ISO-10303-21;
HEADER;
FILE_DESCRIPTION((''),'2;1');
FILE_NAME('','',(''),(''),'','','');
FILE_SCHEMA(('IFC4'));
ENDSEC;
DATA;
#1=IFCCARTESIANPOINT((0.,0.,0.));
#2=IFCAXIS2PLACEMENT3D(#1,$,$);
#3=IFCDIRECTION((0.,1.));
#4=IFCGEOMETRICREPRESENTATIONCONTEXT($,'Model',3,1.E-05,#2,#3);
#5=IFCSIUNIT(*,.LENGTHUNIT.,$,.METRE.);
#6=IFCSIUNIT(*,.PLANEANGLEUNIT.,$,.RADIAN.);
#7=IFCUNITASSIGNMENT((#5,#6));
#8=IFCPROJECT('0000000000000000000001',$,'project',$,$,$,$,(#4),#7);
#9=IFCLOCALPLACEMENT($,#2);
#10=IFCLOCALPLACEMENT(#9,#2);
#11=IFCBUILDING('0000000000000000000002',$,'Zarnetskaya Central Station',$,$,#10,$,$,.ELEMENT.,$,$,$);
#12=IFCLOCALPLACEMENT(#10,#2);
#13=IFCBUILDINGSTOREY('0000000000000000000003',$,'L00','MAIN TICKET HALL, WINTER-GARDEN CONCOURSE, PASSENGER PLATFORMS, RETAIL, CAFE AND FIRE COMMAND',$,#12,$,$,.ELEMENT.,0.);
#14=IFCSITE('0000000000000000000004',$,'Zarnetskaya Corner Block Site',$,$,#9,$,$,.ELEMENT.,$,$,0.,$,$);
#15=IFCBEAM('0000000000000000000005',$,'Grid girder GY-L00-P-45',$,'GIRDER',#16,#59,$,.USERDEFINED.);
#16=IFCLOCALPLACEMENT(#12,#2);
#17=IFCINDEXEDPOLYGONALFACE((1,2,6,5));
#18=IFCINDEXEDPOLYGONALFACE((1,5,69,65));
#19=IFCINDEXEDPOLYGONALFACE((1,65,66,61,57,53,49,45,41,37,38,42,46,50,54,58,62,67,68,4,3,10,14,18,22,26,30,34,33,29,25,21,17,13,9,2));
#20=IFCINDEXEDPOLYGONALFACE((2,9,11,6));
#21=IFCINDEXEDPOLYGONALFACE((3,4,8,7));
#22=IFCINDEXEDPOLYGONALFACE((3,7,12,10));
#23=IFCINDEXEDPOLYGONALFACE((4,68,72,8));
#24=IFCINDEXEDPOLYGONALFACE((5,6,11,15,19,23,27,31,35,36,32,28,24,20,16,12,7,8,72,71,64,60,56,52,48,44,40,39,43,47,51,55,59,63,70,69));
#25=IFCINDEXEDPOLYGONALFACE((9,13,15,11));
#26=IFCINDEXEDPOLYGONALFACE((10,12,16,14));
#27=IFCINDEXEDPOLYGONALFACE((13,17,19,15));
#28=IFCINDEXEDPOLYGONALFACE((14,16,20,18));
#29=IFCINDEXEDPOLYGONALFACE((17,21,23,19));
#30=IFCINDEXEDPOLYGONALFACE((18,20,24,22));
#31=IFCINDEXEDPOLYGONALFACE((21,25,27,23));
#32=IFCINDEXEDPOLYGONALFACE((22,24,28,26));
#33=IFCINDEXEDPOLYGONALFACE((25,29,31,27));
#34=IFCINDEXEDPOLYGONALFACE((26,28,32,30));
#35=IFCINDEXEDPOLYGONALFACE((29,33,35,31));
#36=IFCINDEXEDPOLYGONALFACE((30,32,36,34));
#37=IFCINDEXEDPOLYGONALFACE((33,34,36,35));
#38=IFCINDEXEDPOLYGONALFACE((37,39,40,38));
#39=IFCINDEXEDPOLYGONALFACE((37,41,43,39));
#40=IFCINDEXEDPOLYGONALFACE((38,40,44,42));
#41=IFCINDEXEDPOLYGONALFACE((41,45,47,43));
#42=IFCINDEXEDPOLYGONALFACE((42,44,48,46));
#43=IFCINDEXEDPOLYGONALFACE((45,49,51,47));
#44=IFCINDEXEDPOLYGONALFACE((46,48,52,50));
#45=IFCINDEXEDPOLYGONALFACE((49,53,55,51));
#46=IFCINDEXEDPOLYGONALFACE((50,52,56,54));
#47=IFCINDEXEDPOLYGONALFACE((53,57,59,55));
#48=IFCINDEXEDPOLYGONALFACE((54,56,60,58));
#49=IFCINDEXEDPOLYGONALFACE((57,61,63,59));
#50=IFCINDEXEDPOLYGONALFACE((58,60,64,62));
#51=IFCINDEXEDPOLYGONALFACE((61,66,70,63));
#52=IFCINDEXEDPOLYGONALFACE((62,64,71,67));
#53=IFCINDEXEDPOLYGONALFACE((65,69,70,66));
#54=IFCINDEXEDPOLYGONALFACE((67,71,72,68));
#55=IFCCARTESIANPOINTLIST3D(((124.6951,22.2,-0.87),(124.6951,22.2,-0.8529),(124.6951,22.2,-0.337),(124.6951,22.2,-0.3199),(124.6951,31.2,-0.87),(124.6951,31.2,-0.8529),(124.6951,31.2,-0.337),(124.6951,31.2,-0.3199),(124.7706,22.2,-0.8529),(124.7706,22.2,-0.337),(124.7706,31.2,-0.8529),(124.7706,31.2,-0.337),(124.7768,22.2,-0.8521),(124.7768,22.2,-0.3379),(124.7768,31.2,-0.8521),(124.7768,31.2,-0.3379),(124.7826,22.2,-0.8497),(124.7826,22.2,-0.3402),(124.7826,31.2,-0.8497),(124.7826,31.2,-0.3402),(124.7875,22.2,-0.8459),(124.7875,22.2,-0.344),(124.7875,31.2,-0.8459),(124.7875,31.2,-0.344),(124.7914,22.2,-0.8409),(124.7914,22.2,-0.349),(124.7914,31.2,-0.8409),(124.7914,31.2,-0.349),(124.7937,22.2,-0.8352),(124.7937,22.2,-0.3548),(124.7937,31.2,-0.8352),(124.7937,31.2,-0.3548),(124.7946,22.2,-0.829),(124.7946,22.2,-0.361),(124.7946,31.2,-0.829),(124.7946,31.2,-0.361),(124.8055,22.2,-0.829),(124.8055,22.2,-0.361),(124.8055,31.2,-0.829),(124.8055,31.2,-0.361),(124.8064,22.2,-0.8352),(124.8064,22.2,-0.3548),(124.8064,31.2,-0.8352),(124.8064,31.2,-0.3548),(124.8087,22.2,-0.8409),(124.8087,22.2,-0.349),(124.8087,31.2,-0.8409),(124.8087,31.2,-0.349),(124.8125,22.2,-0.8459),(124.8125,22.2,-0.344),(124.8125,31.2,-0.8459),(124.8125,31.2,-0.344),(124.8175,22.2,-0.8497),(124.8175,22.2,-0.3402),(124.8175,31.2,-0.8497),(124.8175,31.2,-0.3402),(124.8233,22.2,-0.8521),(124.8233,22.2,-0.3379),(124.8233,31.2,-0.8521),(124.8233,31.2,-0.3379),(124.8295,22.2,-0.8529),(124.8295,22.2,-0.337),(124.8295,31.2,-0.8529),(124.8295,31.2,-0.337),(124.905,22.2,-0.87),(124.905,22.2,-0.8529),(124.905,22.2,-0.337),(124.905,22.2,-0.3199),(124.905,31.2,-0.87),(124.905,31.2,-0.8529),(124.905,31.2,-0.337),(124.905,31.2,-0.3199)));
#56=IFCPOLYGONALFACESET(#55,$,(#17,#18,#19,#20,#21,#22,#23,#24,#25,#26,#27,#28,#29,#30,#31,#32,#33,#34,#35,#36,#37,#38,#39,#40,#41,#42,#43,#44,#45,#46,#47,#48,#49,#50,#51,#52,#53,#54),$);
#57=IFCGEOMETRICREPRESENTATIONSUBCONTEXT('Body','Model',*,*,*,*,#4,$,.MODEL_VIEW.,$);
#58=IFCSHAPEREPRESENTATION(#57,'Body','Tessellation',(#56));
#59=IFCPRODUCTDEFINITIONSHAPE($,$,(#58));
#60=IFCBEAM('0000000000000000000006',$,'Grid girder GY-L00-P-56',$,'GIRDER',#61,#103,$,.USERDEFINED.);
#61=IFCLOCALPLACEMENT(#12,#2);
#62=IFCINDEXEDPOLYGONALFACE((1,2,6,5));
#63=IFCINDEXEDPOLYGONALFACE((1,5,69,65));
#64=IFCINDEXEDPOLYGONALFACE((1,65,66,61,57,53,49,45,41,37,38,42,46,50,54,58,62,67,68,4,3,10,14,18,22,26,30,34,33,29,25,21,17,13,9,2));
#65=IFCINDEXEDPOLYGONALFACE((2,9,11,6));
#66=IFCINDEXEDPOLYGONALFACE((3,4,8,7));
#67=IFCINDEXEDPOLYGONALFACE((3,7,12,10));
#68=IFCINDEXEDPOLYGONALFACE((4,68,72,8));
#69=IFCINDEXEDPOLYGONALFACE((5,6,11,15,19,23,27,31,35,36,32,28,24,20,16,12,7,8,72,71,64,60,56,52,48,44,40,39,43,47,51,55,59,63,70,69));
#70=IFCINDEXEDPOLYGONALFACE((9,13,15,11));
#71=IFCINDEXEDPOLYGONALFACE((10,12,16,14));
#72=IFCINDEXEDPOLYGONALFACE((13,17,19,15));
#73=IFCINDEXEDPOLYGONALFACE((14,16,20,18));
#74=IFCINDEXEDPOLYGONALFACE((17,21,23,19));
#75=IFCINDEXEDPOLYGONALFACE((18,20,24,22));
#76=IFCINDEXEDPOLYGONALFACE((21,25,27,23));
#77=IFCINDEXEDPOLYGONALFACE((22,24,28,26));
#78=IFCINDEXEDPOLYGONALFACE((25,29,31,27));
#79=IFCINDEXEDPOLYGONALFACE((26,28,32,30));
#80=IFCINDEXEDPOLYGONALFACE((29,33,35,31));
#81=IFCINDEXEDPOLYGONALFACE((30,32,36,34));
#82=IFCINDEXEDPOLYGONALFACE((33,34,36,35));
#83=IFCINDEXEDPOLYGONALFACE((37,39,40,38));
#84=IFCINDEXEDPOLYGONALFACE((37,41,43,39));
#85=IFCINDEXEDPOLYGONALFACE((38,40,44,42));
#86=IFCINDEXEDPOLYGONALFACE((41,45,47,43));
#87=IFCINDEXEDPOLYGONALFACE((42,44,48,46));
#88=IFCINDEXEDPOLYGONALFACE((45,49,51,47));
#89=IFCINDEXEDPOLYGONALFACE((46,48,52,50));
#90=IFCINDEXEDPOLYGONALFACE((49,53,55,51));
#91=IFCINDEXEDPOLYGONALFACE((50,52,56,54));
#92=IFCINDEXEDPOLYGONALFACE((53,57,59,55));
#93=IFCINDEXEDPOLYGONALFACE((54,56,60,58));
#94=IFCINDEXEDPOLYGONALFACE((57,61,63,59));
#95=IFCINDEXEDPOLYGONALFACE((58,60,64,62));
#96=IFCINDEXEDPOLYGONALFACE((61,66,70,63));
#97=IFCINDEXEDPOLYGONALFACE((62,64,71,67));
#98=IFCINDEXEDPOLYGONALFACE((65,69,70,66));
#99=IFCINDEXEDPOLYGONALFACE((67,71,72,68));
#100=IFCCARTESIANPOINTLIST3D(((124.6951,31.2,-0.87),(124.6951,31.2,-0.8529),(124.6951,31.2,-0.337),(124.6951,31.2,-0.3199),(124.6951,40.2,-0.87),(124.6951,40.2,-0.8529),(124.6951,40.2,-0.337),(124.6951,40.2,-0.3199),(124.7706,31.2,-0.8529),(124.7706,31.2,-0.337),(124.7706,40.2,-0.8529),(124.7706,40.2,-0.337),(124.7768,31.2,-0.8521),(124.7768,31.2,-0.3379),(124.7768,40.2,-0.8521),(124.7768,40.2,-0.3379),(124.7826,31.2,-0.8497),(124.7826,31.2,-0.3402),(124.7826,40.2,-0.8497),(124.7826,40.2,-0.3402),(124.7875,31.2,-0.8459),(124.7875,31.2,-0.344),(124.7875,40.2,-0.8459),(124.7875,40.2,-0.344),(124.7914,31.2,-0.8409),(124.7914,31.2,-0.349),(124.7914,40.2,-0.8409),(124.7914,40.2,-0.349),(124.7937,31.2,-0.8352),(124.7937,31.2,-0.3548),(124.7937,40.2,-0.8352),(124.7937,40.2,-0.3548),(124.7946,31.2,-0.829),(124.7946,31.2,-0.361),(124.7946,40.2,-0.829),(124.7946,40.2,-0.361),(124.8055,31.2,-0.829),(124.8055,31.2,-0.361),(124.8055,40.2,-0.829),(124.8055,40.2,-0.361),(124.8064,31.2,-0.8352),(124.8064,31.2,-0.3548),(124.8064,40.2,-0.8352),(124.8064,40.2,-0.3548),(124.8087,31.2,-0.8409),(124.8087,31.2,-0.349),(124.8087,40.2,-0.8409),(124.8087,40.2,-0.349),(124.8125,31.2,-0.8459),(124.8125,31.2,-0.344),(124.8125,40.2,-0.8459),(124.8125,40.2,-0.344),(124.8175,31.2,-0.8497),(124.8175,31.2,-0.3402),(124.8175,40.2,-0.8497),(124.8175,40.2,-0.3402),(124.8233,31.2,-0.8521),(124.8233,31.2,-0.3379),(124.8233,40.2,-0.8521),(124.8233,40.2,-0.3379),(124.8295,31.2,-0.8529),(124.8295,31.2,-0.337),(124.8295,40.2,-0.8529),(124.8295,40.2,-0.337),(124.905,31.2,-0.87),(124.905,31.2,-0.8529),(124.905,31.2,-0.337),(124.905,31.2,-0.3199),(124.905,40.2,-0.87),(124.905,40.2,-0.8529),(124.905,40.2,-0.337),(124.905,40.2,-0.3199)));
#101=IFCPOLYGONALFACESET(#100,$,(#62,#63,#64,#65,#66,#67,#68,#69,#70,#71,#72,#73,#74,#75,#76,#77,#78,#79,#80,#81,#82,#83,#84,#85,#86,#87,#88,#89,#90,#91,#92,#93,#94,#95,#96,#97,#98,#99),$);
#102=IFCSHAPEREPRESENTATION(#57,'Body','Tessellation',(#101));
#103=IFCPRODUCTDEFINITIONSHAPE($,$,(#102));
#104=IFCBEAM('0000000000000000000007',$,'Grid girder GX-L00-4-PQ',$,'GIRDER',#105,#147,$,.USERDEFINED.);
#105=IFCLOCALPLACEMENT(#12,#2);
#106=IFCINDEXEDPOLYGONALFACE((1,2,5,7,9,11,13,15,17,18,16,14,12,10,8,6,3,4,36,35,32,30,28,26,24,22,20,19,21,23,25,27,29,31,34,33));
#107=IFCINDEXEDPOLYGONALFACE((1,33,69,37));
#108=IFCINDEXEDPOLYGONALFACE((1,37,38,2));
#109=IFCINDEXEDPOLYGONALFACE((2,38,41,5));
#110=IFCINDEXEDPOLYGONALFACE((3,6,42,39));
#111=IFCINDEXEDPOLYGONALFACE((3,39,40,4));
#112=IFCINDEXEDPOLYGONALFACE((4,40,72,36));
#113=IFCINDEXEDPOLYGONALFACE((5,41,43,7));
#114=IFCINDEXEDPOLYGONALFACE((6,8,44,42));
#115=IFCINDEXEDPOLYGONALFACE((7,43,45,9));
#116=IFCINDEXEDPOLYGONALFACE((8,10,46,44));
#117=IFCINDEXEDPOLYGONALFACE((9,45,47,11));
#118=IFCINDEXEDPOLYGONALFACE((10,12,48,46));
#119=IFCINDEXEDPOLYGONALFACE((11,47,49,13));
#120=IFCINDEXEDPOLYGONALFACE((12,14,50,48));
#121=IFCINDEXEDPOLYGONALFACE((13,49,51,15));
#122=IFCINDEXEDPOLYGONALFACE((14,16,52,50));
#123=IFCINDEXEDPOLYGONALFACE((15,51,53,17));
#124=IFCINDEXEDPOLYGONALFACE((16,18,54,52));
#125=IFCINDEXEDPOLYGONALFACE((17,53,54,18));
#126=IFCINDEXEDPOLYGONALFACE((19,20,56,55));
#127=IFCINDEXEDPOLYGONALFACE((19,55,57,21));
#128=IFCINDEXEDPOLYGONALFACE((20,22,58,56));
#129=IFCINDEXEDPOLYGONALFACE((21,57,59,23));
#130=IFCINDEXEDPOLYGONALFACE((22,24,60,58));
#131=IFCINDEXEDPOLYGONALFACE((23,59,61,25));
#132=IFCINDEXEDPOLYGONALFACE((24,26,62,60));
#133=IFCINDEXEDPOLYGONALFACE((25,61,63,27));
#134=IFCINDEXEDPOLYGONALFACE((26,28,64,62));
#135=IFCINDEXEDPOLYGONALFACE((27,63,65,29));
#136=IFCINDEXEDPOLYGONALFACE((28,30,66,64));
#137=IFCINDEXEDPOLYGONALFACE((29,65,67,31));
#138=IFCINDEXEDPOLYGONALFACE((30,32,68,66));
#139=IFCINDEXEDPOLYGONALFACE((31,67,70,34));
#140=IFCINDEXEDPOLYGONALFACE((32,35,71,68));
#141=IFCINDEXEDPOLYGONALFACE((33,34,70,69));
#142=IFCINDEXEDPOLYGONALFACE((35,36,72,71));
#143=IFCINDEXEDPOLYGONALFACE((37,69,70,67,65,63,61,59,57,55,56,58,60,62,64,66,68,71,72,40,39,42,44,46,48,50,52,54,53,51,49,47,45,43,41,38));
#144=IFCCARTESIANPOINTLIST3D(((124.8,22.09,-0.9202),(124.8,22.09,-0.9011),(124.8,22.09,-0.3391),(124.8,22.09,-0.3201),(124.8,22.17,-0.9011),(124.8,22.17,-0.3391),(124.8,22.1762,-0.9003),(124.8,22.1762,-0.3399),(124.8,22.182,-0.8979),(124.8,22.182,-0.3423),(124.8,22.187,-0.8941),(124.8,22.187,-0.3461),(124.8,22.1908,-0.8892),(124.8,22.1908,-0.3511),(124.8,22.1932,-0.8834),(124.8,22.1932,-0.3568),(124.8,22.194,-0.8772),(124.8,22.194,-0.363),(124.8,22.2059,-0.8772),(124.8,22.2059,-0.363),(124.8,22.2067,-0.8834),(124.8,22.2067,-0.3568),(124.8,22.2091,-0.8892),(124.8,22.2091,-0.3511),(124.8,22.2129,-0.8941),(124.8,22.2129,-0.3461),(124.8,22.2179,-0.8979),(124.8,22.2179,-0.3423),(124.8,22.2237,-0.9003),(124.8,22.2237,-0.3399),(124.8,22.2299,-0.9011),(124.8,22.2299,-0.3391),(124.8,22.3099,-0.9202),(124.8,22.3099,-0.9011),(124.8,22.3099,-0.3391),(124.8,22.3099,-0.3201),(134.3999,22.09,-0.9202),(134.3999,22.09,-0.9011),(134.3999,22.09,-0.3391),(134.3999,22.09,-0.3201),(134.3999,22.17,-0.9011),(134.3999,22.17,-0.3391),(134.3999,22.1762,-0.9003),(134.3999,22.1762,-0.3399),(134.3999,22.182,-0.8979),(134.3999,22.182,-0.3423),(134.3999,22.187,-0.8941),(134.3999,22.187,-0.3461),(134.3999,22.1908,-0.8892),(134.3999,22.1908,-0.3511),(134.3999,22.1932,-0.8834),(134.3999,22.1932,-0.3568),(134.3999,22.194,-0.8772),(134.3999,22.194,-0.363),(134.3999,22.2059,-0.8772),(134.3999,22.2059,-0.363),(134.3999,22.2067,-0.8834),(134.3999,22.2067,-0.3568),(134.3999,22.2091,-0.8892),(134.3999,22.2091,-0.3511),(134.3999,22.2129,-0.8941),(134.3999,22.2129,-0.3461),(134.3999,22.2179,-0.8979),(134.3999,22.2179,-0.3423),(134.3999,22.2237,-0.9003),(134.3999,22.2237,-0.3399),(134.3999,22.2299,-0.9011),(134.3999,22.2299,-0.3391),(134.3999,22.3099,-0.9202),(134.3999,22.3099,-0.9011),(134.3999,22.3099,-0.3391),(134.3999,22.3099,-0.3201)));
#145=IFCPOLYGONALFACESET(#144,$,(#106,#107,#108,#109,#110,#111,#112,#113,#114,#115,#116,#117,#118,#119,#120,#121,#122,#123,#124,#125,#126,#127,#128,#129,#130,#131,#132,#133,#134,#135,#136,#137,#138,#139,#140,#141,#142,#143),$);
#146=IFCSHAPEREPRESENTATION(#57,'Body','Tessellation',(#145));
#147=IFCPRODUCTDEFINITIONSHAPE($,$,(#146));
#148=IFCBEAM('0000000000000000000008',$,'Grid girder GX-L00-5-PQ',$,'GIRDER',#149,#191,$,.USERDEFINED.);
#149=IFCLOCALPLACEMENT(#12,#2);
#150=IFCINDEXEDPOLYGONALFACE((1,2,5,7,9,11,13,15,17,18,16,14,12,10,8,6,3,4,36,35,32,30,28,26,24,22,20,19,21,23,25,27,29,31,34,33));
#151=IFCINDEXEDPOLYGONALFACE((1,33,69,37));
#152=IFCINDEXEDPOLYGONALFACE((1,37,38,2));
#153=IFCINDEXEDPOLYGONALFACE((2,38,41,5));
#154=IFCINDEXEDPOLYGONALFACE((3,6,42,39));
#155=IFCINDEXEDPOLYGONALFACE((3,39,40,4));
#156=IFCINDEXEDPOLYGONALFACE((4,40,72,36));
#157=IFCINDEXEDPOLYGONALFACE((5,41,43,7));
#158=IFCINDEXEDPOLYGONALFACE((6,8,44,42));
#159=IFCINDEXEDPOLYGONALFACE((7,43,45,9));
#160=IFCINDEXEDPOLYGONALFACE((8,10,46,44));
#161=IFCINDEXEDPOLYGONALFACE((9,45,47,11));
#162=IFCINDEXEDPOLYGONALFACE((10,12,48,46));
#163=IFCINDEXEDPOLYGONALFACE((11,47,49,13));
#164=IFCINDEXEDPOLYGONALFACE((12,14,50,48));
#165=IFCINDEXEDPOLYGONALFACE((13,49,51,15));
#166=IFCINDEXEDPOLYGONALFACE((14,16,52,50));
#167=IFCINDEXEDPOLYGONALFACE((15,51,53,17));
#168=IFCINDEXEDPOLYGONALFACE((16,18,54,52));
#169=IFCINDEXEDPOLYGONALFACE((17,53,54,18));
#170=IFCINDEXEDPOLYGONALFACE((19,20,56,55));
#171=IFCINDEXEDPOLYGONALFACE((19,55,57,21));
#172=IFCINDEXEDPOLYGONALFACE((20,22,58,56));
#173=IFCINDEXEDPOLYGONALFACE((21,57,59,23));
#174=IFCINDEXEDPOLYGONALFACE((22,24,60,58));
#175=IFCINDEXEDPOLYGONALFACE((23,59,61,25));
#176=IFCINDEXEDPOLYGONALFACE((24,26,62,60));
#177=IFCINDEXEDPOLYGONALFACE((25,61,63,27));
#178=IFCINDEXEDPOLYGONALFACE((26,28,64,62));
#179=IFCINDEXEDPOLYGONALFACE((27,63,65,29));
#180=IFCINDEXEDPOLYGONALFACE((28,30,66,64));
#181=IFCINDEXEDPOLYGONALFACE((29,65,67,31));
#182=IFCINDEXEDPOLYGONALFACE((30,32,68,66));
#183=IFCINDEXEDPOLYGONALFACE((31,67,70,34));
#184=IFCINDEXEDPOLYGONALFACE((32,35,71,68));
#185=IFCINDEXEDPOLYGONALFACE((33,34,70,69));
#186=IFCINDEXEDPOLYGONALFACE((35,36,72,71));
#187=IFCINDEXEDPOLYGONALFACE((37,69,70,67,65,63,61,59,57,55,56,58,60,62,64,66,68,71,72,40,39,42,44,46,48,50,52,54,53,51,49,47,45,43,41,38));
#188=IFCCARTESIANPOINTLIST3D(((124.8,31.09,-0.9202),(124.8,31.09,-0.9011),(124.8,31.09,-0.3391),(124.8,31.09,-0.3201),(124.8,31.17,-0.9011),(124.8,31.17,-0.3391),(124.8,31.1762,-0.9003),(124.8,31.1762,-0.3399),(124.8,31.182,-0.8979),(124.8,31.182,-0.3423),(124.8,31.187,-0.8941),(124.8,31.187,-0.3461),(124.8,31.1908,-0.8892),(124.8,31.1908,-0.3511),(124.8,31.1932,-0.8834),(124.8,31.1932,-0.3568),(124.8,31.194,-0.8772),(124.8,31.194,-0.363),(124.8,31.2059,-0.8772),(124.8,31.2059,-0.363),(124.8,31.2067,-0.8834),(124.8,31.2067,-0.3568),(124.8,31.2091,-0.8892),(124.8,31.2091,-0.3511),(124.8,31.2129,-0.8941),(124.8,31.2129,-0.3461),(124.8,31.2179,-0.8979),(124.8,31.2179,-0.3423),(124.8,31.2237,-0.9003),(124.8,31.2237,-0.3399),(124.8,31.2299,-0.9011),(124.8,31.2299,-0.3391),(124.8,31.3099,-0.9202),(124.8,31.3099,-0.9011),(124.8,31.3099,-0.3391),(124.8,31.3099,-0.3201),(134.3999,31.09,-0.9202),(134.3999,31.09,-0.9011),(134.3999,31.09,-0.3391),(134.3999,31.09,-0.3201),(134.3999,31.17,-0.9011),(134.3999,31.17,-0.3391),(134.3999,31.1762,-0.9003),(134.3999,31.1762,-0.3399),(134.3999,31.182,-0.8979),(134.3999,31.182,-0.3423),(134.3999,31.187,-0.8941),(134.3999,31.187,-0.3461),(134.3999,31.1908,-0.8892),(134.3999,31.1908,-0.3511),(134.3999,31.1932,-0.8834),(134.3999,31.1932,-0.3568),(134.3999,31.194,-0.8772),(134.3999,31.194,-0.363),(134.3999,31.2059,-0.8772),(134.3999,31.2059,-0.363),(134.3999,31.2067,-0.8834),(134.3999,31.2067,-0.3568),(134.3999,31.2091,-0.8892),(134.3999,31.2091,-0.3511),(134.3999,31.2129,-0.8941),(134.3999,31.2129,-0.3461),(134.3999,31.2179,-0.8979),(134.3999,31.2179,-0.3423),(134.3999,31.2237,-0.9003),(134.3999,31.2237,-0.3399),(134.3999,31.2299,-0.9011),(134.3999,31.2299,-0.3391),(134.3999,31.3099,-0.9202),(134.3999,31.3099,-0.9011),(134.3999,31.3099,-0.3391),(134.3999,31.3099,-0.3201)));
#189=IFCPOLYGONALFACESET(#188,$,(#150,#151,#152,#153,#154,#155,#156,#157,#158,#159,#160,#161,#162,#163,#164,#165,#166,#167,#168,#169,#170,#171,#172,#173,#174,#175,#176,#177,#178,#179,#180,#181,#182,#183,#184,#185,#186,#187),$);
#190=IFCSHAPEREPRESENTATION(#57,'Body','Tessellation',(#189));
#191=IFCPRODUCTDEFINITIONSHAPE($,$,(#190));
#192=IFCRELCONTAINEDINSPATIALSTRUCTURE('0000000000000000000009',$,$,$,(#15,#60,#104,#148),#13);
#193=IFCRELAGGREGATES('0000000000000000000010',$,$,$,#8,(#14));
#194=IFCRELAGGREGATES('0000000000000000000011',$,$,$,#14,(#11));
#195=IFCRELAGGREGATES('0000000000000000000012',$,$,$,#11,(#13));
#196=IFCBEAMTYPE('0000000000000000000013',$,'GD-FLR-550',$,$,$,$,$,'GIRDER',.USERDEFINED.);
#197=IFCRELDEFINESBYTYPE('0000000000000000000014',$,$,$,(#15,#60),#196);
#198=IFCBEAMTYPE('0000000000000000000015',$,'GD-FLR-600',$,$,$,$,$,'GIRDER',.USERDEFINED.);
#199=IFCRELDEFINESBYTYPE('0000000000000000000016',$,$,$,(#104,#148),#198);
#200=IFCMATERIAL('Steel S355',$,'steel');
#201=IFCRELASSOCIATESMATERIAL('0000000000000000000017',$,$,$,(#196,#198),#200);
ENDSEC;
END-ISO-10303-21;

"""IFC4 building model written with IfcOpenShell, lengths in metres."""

from ifc_helpers import new_model, si_unit, direction, frame, origin, origin_2d, place, context, subcontext, project, spatial, i_section, extrude, material, material_profile, profile_set, type_object, element, save


model = new_model("IFC4")

# Units and contexts
model_context = context("Model", 3, precision=1e-05, world=origin(), true_north=direction((0.0, 1.0)))
body_context = subcontext(model_context, "Body", "Model", "MODEL_VIEW")
ifc_project = project(units=[si_unit("LENGTHUNIT", "METRE"), si_unit("PLANEANGLEUNIT", "RADIAN")], contexts=[model_context])

# Site, building, storey
site_placement = place(None, origin())
site = spatial("IfcSite", under=ifc_project, at=site_placement, Name="Zarnetskaya Corner Block Site", CompositionType="ELEMENT", RefElevation=0.0)
building_placement = place(site_placement, origin())
building = spatial("IfcBuilding", under=site, at=building_placement, Name="Zarnetskaya Central Station", CompositionType="ELEMENT")
storey_placement = place(building_placement, origin())
storey = spatial("IfcBuildingStorey", under=building, at=storey_placement, Name="L00", Description="MAIN TICKET HALL, WINTER-GARDEN CONCOURSE, PASSENGER PLATFORMS, RETAIL, CAFE AND FIRE COMMAND", CompositionType="ELEMENT", Elevation=0.0)

# Shared definitions
ifc_material_1 = material(Name="Steel S355", Category="steel")

# Beams
ifc_material_profile_1 = material_profile(ifc_material_1, i_section(OverallWidth=0.21, OverallDepth=0.55, WebThickness=0.011, FlangeThickness=0.0171, FilletRadius=0.0239, at=origin_2d()), Name="IPE 550")
ifc_profile_set_1 = profile_set([ifc_material_profile_1], Name="Steel S355")
beam_type_1 = type_object("IfcBeamType", Name="GD-FLR-550", ElementType="GIRDER", PredefinedType="USERDEFINED", material=ifc_profile_set_1)
for number, where, z_axis, x_axis, name in (
    (1, (124.8, 22.2, -0.595), (0.0, 1.0, 0.0), (-1.0, 0.0, 0.0), "Grid girder GY-L00-P-45"),
    (2, (124.8, 31.2, -0.595), (0.0, 1.0, 0.0), (-1.0, 0.0, 0.0), "Grid girder GY-L00-P-56"),
):
    element("IfcBeam", number, at=place(storey_placement, frame(where, z_axis=z_axis, x_axis=x_axis)), inside=storey, type_object=beam_type_1, Name=name, ObjectType="GIRDER", PredefinedType="USERDEFINED", context=body_context, shape_type="SweptSolid", body=[
        extrude(i_section(OverallWidth=0.21, OverallDepth=0.55, WebThickness=0.011, FlangeThickness=0.0171, FilletRadius=0.0239, at=origin_2d()), origin(), (0.0, 0.0, 1.0), 9.0),
    ])
ifc_material_profile_2 = material_profile(ifc_material_1, i_section(OverallWidth=0.22, OverallDepth=0.6001, WebThickness=0.012, FlangeThickness=0.019, FilletRadius=0.0239, at=origin_2d()), Name="IPE 600")
ifc_profile_set_2 = profile_set([ifc_material_profile_2], Name="Steel S355")
beam_type_2 = type_object("IfcBeamType", Name="GD-FLR-600", ElementType="GIRDER", PredefinedType="USERDEFINED", material=ifc_profile_set_2)
for number, where, z_axis, x_axis, name in (
    (3, (124.8, 22.2, -0.6201), (1.0, 0.0, 0.0), (0.0, 1.0, 0.0), "Grid girder GX-L00-4-PQ"),
    (4, (124.8, 31.2, -0.6201), (1.0, 0.0, 0.0), (0.0, 1.0, 0.0), "Grid girder GX-L00-5-PQ"),
):
    element("IfcBeam", number, at=place(storey_placement, frame(where, z_axis=z_axis, x_axis=x_axis)), inside=storey, type_object=beam_type_2, Name=name, ObjectType="GIRDER", PredefinedType="USERDEFINED", context=body_context, shape_type="SweptSolid", body=[
        extrude(i_section(OverallWidth=0.22, OverallDepth=0.6001, WebThickness=0.012, FlangeThickness=0.019, FilletRadius=0.0239, at=origin_2d()), origin(), (0.0, 0.0, 1.0), 9.5999),
    ])

save(model, "model.ifc")
